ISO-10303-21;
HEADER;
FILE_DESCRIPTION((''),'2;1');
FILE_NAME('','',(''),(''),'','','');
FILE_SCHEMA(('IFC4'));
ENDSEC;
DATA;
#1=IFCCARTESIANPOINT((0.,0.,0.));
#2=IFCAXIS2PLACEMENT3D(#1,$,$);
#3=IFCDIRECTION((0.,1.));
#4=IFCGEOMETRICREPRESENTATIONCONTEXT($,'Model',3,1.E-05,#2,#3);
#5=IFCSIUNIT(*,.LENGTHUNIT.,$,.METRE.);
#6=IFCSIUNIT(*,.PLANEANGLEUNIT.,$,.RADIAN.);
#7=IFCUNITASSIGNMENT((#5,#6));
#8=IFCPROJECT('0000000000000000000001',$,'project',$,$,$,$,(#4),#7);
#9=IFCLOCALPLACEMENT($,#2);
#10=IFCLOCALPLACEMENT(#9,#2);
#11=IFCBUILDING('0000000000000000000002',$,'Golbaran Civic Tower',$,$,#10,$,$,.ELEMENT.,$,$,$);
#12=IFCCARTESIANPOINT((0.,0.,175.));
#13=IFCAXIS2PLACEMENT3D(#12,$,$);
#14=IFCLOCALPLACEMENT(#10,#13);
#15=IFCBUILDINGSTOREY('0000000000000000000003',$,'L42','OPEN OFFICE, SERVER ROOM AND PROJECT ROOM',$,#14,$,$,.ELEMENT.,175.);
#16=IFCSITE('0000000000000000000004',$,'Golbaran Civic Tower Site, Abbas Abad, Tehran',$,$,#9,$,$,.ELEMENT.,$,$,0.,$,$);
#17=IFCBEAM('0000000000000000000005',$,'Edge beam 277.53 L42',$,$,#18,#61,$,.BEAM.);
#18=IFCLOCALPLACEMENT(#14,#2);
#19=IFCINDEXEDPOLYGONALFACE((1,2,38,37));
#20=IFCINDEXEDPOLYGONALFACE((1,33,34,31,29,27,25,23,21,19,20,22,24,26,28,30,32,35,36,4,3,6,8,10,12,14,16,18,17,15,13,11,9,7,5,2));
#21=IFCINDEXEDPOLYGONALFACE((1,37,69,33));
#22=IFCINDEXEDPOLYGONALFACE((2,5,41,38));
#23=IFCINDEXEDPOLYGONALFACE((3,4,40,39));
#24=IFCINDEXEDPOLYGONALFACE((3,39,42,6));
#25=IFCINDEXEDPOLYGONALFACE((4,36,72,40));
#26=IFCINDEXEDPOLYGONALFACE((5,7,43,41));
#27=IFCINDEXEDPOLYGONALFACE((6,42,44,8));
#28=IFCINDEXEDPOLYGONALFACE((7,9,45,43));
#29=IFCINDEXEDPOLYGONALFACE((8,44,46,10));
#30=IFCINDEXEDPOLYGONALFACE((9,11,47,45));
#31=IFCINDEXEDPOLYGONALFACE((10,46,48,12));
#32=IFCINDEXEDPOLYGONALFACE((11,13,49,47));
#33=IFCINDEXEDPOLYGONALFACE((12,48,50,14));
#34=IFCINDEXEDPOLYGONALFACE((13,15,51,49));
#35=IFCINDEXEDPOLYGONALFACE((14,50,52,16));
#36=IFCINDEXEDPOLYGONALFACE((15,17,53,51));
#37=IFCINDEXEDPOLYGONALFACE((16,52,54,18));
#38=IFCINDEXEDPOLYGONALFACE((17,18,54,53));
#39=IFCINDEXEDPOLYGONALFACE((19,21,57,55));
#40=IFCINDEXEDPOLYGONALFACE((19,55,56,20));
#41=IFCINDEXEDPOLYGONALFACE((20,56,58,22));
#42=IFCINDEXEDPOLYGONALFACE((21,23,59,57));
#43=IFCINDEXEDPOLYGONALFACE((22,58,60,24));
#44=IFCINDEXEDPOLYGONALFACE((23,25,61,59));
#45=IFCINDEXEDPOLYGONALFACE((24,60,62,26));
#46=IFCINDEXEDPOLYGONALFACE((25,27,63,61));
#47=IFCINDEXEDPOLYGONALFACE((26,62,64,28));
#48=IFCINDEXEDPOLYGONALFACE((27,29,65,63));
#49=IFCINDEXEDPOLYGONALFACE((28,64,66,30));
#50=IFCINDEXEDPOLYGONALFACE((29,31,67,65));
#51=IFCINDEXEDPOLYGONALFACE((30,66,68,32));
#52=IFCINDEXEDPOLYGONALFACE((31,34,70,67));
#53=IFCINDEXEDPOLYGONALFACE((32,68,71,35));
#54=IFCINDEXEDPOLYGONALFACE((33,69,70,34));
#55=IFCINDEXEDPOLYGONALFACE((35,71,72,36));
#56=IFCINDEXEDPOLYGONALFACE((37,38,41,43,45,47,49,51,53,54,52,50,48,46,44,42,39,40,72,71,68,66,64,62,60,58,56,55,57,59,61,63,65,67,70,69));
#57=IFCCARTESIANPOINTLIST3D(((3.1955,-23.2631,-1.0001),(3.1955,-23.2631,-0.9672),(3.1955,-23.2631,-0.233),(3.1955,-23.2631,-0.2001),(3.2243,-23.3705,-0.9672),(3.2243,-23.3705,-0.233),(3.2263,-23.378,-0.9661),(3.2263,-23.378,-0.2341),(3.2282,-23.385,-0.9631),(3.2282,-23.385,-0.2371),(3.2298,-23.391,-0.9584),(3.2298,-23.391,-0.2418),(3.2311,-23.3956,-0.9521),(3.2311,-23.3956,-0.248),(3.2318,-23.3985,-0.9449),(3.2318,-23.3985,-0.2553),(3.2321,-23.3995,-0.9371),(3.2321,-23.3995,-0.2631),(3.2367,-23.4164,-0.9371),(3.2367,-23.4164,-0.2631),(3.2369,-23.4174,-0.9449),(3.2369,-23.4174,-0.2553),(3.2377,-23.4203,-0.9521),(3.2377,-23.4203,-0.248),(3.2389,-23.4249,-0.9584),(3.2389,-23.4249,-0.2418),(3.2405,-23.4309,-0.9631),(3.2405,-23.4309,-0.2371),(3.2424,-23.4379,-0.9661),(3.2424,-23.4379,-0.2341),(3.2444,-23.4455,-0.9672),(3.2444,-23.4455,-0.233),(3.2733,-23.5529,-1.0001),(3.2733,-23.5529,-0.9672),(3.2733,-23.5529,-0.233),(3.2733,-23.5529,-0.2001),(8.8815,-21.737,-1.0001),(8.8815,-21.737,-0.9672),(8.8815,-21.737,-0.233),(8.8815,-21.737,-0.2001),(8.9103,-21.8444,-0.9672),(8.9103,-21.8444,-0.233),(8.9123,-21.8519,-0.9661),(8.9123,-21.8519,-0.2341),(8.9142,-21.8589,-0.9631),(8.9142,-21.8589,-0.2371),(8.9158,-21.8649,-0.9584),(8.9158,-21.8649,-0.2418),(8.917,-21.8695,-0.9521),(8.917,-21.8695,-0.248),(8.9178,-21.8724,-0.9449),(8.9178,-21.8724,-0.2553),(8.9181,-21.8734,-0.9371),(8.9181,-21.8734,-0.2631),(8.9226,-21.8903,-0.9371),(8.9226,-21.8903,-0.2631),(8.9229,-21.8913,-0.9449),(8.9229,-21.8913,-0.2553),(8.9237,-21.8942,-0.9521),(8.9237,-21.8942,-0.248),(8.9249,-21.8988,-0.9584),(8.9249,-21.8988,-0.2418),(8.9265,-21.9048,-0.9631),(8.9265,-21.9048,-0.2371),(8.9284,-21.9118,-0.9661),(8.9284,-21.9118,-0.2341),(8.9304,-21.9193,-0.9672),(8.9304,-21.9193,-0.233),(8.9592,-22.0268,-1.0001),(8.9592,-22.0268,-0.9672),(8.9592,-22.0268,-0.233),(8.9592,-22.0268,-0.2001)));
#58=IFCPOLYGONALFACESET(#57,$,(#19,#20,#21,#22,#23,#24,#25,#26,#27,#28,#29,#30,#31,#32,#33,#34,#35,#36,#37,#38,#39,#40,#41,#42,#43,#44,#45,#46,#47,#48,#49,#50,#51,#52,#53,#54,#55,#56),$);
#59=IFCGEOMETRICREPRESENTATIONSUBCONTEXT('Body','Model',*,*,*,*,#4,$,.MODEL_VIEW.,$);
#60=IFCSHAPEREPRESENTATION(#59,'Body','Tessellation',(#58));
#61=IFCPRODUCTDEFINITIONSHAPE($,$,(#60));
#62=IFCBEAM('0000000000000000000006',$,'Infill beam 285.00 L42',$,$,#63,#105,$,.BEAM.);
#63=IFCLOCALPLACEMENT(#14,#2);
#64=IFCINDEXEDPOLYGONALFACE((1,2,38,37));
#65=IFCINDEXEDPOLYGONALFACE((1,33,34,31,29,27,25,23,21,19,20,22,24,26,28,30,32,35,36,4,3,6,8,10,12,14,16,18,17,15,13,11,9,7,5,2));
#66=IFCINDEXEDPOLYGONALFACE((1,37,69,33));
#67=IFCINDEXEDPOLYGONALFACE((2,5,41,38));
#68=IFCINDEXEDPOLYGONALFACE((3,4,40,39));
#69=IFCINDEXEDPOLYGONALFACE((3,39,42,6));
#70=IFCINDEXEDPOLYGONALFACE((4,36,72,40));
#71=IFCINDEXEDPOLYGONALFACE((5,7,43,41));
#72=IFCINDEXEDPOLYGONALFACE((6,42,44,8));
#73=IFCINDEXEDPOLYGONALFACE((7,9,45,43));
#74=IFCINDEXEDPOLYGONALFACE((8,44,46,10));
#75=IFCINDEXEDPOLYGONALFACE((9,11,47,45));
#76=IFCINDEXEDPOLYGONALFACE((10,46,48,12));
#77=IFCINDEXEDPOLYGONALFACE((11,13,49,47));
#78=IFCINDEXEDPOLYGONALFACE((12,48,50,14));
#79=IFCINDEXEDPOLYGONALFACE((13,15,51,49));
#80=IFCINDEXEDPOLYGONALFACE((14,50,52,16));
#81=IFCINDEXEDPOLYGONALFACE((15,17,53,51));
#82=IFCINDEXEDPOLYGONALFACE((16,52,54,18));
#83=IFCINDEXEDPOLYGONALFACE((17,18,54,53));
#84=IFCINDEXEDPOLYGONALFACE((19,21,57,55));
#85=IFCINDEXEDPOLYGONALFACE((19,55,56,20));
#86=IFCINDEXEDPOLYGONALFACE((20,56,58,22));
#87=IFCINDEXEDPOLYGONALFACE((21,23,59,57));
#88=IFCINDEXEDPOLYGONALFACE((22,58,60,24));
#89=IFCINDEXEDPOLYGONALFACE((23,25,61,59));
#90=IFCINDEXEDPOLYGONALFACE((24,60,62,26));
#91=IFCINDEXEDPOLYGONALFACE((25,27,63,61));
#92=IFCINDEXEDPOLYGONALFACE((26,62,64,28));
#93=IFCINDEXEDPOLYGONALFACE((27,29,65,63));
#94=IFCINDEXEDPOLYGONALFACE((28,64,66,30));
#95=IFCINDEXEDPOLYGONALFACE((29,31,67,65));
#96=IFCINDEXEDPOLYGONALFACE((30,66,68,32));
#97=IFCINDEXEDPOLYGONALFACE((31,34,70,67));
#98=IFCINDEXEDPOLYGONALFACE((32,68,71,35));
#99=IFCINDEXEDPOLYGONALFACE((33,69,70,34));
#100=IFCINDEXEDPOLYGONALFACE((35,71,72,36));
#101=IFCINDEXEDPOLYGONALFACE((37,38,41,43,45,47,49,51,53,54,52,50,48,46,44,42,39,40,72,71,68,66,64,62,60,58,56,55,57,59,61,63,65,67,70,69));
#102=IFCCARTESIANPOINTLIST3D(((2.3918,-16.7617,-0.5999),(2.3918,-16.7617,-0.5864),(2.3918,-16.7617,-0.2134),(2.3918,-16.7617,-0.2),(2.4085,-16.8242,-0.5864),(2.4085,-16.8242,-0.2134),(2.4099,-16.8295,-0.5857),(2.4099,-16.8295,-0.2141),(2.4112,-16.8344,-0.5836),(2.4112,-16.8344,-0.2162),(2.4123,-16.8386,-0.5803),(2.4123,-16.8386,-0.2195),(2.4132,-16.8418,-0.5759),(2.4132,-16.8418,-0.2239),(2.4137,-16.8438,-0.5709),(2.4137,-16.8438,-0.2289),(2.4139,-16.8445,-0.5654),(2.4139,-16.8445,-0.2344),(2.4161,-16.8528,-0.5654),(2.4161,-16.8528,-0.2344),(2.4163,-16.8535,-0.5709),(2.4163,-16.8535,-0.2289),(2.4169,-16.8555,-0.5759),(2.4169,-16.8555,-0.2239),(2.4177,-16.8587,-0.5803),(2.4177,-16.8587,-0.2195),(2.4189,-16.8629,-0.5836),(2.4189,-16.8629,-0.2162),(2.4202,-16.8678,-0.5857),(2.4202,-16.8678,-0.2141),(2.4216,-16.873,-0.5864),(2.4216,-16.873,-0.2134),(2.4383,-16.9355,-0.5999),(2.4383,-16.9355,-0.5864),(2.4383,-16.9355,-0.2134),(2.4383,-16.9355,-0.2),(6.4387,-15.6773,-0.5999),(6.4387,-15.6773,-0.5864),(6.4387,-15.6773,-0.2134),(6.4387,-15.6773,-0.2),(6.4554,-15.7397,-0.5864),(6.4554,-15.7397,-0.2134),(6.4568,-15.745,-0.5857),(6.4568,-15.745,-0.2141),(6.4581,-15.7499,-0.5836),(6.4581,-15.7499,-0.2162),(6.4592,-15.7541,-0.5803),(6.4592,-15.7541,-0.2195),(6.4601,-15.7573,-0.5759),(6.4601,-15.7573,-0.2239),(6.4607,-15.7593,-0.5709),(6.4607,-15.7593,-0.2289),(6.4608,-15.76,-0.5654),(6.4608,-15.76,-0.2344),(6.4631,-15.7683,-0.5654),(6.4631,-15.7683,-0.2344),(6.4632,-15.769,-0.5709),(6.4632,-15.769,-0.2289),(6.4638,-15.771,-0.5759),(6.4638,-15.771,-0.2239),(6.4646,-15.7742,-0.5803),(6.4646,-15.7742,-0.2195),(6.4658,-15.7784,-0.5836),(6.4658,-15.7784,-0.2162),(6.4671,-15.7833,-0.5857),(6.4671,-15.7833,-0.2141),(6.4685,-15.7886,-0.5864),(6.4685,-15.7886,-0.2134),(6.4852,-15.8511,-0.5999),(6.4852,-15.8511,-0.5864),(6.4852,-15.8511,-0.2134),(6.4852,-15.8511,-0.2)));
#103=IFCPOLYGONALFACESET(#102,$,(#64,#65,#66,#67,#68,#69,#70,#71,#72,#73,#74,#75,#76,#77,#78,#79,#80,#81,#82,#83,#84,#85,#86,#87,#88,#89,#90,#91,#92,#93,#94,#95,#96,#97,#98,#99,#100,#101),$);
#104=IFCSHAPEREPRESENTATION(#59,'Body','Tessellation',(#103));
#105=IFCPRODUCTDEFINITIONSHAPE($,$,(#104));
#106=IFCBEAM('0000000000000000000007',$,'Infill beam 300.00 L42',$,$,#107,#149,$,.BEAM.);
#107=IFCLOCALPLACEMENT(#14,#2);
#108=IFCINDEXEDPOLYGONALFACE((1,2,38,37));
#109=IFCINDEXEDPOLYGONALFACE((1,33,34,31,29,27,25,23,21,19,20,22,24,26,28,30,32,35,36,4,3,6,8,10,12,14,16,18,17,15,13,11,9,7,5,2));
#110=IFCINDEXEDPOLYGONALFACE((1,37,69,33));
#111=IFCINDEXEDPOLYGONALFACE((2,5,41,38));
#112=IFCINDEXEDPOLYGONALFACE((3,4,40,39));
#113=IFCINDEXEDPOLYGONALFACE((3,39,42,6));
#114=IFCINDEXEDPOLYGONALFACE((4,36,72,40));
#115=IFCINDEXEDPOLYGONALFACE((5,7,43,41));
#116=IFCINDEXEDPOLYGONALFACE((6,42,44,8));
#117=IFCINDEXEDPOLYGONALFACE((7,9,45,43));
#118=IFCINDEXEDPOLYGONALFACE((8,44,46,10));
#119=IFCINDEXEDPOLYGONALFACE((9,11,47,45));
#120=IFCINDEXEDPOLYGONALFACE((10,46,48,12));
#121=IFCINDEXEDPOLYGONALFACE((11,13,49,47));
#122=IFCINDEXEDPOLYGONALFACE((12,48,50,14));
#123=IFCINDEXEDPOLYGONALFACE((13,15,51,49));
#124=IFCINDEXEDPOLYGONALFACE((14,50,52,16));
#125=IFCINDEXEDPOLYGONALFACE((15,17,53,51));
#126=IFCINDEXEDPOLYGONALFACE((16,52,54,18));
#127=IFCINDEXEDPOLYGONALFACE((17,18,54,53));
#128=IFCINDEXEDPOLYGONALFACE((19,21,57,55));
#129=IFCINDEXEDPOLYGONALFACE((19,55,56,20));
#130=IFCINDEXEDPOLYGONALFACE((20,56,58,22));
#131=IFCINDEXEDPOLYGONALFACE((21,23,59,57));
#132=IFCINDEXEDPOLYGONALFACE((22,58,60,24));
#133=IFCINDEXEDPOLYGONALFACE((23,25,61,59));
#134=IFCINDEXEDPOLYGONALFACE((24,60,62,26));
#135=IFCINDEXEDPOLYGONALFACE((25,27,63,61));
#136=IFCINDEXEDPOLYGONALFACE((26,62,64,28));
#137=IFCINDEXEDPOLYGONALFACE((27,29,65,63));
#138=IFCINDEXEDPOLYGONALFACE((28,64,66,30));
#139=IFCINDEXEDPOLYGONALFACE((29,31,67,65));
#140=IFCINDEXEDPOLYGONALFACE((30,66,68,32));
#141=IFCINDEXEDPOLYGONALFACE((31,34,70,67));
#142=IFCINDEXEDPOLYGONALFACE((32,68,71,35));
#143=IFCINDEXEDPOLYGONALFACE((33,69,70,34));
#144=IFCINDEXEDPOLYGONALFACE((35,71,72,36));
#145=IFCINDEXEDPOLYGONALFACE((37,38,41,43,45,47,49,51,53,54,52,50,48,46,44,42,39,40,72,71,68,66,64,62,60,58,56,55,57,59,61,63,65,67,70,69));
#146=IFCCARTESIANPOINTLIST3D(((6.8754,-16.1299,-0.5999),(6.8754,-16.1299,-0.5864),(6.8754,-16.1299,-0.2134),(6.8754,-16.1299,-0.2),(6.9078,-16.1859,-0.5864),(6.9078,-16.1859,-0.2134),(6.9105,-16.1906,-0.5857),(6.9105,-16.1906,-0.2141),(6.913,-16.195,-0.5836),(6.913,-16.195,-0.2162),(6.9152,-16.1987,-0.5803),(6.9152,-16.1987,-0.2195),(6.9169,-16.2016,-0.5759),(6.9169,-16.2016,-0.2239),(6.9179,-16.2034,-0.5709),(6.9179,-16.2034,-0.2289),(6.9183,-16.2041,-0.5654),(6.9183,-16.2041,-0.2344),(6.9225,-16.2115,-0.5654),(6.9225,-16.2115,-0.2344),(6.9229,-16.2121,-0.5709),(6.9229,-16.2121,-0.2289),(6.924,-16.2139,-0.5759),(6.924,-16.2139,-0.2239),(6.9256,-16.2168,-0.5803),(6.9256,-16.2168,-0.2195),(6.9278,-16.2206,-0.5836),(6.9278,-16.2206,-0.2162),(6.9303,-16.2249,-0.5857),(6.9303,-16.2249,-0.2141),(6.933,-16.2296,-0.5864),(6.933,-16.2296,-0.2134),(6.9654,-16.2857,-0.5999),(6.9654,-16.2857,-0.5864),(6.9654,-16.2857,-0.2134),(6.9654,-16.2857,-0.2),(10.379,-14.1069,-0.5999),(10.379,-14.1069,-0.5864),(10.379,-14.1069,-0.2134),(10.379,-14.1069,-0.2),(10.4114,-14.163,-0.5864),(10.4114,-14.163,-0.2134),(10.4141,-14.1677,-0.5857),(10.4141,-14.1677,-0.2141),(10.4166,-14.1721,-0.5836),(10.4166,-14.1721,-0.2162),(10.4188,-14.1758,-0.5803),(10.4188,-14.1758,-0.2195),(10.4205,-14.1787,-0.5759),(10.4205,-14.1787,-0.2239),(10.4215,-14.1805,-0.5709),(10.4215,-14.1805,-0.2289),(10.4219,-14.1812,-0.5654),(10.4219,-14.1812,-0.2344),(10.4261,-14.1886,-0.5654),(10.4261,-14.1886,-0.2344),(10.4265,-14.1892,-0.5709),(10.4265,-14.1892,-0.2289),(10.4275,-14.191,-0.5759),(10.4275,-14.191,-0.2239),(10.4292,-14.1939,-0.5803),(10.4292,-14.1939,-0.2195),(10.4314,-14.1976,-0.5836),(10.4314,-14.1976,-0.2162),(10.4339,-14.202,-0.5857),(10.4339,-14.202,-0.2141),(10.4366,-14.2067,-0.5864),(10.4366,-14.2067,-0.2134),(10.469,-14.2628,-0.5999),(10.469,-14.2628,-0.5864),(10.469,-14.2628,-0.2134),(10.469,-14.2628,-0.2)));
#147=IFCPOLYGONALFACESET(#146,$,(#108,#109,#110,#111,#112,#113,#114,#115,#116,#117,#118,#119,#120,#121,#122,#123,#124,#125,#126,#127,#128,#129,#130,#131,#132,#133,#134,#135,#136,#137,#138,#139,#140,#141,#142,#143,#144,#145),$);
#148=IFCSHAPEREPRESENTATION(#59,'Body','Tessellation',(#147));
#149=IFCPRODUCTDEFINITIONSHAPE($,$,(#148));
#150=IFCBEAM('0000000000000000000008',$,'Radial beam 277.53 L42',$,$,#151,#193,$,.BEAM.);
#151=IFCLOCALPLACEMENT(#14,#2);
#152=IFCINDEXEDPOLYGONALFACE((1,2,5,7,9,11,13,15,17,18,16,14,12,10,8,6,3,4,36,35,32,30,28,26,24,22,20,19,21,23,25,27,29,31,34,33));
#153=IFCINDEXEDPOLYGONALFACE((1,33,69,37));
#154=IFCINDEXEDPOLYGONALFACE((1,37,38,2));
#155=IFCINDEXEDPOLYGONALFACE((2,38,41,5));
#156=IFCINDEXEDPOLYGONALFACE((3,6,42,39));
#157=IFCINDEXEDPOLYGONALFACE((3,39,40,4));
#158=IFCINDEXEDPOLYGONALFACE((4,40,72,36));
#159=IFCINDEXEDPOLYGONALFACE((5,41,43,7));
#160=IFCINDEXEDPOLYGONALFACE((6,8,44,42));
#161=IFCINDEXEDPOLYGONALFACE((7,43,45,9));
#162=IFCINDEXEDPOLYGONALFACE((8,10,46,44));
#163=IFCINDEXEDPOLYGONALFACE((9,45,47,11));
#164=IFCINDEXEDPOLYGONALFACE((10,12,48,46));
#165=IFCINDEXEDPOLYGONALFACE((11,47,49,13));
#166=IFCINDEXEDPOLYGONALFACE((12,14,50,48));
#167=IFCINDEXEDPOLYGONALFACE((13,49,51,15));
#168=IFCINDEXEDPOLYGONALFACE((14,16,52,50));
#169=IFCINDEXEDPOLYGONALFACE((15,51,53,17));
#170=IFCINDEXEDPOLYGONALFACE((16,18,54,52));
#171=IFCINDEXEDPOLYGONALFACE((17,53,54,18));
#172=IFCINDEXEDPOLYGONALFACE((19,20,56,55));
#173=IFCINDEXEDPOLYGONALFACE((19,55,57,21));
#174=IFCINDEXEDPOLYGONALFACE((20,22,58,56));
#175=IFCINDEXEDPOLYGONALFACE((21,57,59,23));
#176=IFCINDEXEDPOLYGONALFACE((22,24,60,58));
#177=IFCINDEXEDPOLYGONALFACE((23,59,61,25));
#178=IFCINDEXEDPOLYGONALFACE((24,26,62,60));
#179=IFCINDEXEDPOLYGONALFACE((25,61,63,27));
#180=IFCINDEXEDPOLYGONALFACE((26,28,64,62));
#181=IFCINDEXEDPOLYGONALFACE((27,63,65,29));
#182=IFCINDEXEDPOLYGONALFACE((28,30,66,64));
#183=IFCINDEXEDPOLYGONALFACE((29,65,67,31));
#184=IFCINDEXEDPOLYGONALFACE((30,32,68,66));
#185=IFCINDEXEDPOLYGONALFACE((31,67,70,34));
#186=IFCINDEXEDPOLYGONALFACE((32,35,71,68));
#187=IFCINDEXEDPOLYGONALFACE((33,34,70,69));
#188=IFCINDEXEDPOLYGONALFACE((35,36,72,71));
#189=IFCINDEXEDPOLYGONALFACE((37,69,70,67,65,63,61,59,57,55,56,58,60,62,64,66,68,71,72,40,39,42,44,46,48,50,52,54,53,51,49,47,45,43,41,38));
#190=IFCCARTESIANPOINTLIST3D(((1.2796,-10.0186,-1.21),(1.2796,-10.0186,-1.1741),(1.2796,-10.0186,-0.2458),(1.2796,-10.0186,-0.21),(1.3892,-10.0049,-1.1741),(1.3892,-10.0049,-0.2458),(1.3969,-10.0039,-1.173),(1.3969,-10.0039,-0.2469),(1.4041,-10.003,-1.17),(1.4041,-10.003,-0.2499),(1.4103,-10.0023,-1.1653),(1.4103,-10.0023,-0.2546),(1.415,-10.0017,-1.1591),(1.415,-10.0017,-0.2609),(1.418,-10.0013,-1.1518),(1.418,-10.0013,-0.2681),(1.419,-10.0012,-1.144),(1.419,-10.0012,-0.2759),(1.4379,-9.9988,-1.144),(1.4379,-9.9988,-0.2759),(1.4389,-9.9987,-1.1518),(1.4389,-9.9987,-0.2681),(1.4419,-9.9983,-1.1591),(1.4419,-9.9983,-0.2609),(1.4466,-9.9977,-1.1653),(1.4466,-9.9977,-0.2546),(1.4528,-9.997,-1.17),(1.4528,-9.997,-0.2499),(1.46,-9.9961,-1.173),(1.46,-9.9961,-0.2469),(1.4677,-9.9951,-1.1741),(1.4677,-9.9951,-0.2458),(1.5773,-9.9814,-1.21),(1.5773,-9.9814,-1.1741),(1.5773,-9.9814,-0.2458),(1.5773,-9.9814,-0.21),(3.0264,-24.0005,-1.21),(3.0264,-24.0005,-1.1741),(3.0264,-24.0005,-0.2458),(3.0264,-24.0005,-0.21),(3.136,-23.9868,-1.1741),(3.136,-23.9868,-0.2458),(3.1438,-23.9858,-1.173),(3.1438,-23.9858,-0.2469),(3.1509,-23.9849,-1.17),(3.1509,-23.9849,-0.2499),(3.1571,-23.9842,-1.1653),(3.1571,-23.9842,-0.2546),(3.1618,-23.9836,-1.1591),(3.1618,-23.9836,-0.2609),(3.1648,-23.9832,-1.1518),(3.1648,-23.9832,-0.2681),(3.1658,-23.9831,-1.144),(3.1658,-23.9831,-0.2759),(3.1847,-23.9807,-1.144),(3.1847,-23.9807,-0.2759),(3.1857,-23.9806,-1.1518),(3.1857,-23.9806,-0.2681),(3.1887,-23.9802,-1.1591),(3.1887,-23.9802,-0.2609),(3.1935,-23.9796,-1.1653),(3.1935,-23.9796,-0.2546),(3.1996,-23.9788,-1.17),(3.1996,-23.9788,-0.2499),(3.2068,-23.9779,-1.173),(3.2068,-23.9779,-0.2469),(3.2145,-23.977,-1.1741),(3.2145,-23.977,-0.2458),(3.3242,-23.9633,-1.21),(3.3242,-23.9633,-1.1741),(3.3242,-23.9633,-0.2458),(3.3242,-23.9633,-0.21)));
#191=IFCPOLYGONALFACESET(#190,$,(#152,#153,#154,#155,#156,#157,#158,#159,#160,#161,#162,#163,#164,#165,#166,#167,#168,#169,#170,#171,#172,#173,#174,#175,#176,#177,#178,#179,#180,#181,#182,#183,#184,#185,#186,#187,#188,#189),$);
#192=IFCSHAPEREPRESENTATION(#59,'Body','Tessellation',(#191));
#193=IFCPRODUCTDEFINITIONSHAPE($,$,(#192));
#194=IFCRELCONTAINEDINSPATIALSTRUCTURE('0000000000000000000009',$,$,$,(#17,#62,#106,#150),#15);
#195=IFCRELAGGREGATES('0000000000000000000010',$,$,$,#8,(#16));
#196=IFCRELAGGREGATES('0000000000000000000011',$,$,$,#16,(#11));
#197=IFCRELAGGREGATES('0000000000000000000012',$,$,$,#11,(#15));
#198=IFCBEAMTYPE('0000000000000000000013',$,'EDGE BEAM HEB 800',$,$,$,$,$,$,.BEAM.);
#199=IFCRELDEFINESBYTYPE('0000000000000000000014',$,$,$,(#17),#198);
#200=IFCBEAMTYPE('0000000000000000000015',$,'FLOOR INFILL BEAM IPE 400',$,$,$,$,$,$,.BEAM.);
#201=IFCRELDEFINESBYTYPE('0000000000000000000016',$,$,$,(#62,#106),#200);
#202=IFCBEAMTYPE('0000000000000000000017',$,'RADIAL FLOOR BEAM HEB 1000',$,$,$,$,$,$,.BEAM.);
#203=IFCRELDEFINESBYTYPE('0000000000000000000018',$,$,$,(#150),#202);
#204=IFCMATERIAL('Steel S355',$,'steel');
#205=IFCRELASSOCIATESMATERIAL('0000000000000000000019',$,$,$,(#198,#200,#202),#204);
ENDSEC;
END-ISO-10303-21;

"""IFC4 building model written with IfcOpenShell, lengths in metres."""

from ifc_helpers import new_model, si_unit, direction, frame, origin, origin_2d, place, context, subcontext, project, spatial, i_section, extrude, material, material_profile, profile_set, type_object, element, save


model = new_model("IFC4")

# Units and contexts
model_context = context("Model", 3, precision=1e-05, world=origin(), true_north=direction((0.0, 1.0)))
body_context = subcontext(model_context, "Body", "Model", "MODEL_VIEW")
ifc_project = project(units=[si_unit("LENGTHUNIT", "METRE"), si_unit("PLANEANGLEUNIT", "RADIAN")], contexts=[model_context])

# Site, building, storey
site_placement = place(None, origin())
site = spatial("IfcSite", under=ifc_project, at=site_placement, Name="Golbaran Civic Tower Site, Abbas Abad, Tehran", CompositionType="ELEMENT", RefElevation=0.0)
building_placement = place(site_placement, origin())
building = spatial("IfcBuilding", under=site, at=building_placement, Name="Golbaran Civic Tower", CompositionType="ELEMENT")
storey_placement = place(building_placement, frame((0.0, 0.0, 175.0)))
storey = spatial("IfcBuildingStorey", under=building, at=storey_placement, Name="L42", Description="OPEN OFFICE, SERVER ROOM AND PROJECT ROOM", CompositionType="ELEMENT", Elevation=175.0)

# Beams
ifc_material_1 = material(Name="Steel S355", Category="steel")
ifc_material_profile_1 = material_profile(ifc_material_1, i_section(OverallWidth=0.3, OverallDepth=0.8, WebThickness=0.0176, FlangeThickness=0.033, FilletRadius=0.03, at=origin_2d()), Name="HEB 800")
ifc_profile_set_1 = profile_set([ifc_material_profile_1], Name="Steel S355")
beam_type_1 = type_object("IfcBeamType", Name="EDGE BEAM HEB 800", PredefinedType="BEAM", material=ifc_profile_set_1)
beam_1_placement = place(storey_placement, frame((3.2344, -23.408, -0.6001), z_axis=(0.965817, 0.259224, 0.0), x_axis=(-0.259224, 0.965817, 0.0)))
element("IfcBeam", 1, at=beam_1_placement, inside=storey, type_object=beam_type_1, Name="Edge beam 277.53 L42", PredefinedType="BEAM", context=body_context, shape_type="SweptSolid", body=[
    extrude(i_section(OverallWidth=0.3, OverallDepth=0.8, WebThickness=0.0176, FlangeThickness=0.033, FilletRadius=0.03, at=origin_2d()), origin(), (0.0, 0.0, 1.0), 5.8872),
])
ifc_material_profile_2 = material_profile(ifc_material_1, i_section(OverallWidth=0.1799, OverallDepth=0.3999, WebThickness=0.0085, FlangeThickness=0.0134, FilletRadius=0.021, at=origin_2d()), Name="IPE 400")
ifc_profile_set_2 = profile_set([ifc_material_profile_2], Name="Steel S355")
beam_type_2 = type_object("IfcBeamType", Name="FLOOR INFILL BEAM IPE 400", PredefinedType="BEAM", material=ifc_profile_set_2)
beam_2_placement = place(storey_placement, frame((2.415, -16.8486, -0.3999), z_axis=(0.965919, 0.258845, 0.0), x_axis=(-0.258845, 0.965919, 0.0)))
element("IfcBeam", 2, at=beam_2_placement, inside=storey, type_object=beam_type_2, Name="Infill beam 285.00 L42", PredefinedType="BEAM", context=body_context, shape_type="SweptSolid", body=[
    extrude(i_section(OverallWidth=0.1799, OverallDepth=0.3999, WebThickness=0.0085, FlangeThickness=0.0134, FilletRadius=0.021, at=origin_2d()), origin(), (0.0, 0.0, 1.0), 4.1897),
])
beam_3_placement = place(storey_placement, frame((6.9204, -16.2078, -0.3999), z_axis=(0.866014, 0.50002, 0.0), x_axis=(-0.50002, 0.866014, 0.0)))
element("IfcBeam", 3, at=beam_3_placement, inside=storey, type_object=beam_type_2, Name="Infill beam 300.00 L42", PredefinedType="BEAM", context=body_context, shape_type="SweptSolid", body=[
    extrude(i_section(OverallWidth=0.1799, OverallDepth=0.3999, WebThickness=0.0085, FlangeThickness=0.0134, FilletRadius=0.021, at=origin_2d()), origin(), (0.0, 0.0, 1.0), 4.0457),
])
ifc_material_profile_3 = material_profile(ifc_material_1, i_section(OverallWidth=0.3, OverallDepth=1.0, WebThickness=0.019, FlangeThickness=0.0359, FilletRadius=0.03, at=origin_2d()), Name="HEB 1000")
ifc_profile_set_3 = profile_set([ifc_material_profile_3], Name="Steel S355")
beam_type_3 = type_object("IfcBeamType", Name="RADIAL FLOOR BEAM HEB 1000", PredefinedType="BEAM", material=ifc_profile_set_3)
beam_4_placement = place(storey_placement, frame((1.4285, -10.0, -0.71), z_axis=(0.123971, -0.992286, 0.0), x_axis=(0.992286, 0.123971, 0.0)))
element("IfcBeam", 4, at=beam_4_placement, inside=storey, type_object=beam_type_3, Name="Radial beam 277.53 L42", PredefinedType="BEAM", context=body_context, shape_type="SweptSolid", body=[
    extrude(i_section(OverallWidth=0.3, OverallDepth=1.0, WebThickness=0.019, FlangeThickness=0.0359, FilletRadius=0.03, at=origin_2d()), origin(), (0.0, 0.0, 1.0), 14.0906),
])

save(model, "model.ifc")
